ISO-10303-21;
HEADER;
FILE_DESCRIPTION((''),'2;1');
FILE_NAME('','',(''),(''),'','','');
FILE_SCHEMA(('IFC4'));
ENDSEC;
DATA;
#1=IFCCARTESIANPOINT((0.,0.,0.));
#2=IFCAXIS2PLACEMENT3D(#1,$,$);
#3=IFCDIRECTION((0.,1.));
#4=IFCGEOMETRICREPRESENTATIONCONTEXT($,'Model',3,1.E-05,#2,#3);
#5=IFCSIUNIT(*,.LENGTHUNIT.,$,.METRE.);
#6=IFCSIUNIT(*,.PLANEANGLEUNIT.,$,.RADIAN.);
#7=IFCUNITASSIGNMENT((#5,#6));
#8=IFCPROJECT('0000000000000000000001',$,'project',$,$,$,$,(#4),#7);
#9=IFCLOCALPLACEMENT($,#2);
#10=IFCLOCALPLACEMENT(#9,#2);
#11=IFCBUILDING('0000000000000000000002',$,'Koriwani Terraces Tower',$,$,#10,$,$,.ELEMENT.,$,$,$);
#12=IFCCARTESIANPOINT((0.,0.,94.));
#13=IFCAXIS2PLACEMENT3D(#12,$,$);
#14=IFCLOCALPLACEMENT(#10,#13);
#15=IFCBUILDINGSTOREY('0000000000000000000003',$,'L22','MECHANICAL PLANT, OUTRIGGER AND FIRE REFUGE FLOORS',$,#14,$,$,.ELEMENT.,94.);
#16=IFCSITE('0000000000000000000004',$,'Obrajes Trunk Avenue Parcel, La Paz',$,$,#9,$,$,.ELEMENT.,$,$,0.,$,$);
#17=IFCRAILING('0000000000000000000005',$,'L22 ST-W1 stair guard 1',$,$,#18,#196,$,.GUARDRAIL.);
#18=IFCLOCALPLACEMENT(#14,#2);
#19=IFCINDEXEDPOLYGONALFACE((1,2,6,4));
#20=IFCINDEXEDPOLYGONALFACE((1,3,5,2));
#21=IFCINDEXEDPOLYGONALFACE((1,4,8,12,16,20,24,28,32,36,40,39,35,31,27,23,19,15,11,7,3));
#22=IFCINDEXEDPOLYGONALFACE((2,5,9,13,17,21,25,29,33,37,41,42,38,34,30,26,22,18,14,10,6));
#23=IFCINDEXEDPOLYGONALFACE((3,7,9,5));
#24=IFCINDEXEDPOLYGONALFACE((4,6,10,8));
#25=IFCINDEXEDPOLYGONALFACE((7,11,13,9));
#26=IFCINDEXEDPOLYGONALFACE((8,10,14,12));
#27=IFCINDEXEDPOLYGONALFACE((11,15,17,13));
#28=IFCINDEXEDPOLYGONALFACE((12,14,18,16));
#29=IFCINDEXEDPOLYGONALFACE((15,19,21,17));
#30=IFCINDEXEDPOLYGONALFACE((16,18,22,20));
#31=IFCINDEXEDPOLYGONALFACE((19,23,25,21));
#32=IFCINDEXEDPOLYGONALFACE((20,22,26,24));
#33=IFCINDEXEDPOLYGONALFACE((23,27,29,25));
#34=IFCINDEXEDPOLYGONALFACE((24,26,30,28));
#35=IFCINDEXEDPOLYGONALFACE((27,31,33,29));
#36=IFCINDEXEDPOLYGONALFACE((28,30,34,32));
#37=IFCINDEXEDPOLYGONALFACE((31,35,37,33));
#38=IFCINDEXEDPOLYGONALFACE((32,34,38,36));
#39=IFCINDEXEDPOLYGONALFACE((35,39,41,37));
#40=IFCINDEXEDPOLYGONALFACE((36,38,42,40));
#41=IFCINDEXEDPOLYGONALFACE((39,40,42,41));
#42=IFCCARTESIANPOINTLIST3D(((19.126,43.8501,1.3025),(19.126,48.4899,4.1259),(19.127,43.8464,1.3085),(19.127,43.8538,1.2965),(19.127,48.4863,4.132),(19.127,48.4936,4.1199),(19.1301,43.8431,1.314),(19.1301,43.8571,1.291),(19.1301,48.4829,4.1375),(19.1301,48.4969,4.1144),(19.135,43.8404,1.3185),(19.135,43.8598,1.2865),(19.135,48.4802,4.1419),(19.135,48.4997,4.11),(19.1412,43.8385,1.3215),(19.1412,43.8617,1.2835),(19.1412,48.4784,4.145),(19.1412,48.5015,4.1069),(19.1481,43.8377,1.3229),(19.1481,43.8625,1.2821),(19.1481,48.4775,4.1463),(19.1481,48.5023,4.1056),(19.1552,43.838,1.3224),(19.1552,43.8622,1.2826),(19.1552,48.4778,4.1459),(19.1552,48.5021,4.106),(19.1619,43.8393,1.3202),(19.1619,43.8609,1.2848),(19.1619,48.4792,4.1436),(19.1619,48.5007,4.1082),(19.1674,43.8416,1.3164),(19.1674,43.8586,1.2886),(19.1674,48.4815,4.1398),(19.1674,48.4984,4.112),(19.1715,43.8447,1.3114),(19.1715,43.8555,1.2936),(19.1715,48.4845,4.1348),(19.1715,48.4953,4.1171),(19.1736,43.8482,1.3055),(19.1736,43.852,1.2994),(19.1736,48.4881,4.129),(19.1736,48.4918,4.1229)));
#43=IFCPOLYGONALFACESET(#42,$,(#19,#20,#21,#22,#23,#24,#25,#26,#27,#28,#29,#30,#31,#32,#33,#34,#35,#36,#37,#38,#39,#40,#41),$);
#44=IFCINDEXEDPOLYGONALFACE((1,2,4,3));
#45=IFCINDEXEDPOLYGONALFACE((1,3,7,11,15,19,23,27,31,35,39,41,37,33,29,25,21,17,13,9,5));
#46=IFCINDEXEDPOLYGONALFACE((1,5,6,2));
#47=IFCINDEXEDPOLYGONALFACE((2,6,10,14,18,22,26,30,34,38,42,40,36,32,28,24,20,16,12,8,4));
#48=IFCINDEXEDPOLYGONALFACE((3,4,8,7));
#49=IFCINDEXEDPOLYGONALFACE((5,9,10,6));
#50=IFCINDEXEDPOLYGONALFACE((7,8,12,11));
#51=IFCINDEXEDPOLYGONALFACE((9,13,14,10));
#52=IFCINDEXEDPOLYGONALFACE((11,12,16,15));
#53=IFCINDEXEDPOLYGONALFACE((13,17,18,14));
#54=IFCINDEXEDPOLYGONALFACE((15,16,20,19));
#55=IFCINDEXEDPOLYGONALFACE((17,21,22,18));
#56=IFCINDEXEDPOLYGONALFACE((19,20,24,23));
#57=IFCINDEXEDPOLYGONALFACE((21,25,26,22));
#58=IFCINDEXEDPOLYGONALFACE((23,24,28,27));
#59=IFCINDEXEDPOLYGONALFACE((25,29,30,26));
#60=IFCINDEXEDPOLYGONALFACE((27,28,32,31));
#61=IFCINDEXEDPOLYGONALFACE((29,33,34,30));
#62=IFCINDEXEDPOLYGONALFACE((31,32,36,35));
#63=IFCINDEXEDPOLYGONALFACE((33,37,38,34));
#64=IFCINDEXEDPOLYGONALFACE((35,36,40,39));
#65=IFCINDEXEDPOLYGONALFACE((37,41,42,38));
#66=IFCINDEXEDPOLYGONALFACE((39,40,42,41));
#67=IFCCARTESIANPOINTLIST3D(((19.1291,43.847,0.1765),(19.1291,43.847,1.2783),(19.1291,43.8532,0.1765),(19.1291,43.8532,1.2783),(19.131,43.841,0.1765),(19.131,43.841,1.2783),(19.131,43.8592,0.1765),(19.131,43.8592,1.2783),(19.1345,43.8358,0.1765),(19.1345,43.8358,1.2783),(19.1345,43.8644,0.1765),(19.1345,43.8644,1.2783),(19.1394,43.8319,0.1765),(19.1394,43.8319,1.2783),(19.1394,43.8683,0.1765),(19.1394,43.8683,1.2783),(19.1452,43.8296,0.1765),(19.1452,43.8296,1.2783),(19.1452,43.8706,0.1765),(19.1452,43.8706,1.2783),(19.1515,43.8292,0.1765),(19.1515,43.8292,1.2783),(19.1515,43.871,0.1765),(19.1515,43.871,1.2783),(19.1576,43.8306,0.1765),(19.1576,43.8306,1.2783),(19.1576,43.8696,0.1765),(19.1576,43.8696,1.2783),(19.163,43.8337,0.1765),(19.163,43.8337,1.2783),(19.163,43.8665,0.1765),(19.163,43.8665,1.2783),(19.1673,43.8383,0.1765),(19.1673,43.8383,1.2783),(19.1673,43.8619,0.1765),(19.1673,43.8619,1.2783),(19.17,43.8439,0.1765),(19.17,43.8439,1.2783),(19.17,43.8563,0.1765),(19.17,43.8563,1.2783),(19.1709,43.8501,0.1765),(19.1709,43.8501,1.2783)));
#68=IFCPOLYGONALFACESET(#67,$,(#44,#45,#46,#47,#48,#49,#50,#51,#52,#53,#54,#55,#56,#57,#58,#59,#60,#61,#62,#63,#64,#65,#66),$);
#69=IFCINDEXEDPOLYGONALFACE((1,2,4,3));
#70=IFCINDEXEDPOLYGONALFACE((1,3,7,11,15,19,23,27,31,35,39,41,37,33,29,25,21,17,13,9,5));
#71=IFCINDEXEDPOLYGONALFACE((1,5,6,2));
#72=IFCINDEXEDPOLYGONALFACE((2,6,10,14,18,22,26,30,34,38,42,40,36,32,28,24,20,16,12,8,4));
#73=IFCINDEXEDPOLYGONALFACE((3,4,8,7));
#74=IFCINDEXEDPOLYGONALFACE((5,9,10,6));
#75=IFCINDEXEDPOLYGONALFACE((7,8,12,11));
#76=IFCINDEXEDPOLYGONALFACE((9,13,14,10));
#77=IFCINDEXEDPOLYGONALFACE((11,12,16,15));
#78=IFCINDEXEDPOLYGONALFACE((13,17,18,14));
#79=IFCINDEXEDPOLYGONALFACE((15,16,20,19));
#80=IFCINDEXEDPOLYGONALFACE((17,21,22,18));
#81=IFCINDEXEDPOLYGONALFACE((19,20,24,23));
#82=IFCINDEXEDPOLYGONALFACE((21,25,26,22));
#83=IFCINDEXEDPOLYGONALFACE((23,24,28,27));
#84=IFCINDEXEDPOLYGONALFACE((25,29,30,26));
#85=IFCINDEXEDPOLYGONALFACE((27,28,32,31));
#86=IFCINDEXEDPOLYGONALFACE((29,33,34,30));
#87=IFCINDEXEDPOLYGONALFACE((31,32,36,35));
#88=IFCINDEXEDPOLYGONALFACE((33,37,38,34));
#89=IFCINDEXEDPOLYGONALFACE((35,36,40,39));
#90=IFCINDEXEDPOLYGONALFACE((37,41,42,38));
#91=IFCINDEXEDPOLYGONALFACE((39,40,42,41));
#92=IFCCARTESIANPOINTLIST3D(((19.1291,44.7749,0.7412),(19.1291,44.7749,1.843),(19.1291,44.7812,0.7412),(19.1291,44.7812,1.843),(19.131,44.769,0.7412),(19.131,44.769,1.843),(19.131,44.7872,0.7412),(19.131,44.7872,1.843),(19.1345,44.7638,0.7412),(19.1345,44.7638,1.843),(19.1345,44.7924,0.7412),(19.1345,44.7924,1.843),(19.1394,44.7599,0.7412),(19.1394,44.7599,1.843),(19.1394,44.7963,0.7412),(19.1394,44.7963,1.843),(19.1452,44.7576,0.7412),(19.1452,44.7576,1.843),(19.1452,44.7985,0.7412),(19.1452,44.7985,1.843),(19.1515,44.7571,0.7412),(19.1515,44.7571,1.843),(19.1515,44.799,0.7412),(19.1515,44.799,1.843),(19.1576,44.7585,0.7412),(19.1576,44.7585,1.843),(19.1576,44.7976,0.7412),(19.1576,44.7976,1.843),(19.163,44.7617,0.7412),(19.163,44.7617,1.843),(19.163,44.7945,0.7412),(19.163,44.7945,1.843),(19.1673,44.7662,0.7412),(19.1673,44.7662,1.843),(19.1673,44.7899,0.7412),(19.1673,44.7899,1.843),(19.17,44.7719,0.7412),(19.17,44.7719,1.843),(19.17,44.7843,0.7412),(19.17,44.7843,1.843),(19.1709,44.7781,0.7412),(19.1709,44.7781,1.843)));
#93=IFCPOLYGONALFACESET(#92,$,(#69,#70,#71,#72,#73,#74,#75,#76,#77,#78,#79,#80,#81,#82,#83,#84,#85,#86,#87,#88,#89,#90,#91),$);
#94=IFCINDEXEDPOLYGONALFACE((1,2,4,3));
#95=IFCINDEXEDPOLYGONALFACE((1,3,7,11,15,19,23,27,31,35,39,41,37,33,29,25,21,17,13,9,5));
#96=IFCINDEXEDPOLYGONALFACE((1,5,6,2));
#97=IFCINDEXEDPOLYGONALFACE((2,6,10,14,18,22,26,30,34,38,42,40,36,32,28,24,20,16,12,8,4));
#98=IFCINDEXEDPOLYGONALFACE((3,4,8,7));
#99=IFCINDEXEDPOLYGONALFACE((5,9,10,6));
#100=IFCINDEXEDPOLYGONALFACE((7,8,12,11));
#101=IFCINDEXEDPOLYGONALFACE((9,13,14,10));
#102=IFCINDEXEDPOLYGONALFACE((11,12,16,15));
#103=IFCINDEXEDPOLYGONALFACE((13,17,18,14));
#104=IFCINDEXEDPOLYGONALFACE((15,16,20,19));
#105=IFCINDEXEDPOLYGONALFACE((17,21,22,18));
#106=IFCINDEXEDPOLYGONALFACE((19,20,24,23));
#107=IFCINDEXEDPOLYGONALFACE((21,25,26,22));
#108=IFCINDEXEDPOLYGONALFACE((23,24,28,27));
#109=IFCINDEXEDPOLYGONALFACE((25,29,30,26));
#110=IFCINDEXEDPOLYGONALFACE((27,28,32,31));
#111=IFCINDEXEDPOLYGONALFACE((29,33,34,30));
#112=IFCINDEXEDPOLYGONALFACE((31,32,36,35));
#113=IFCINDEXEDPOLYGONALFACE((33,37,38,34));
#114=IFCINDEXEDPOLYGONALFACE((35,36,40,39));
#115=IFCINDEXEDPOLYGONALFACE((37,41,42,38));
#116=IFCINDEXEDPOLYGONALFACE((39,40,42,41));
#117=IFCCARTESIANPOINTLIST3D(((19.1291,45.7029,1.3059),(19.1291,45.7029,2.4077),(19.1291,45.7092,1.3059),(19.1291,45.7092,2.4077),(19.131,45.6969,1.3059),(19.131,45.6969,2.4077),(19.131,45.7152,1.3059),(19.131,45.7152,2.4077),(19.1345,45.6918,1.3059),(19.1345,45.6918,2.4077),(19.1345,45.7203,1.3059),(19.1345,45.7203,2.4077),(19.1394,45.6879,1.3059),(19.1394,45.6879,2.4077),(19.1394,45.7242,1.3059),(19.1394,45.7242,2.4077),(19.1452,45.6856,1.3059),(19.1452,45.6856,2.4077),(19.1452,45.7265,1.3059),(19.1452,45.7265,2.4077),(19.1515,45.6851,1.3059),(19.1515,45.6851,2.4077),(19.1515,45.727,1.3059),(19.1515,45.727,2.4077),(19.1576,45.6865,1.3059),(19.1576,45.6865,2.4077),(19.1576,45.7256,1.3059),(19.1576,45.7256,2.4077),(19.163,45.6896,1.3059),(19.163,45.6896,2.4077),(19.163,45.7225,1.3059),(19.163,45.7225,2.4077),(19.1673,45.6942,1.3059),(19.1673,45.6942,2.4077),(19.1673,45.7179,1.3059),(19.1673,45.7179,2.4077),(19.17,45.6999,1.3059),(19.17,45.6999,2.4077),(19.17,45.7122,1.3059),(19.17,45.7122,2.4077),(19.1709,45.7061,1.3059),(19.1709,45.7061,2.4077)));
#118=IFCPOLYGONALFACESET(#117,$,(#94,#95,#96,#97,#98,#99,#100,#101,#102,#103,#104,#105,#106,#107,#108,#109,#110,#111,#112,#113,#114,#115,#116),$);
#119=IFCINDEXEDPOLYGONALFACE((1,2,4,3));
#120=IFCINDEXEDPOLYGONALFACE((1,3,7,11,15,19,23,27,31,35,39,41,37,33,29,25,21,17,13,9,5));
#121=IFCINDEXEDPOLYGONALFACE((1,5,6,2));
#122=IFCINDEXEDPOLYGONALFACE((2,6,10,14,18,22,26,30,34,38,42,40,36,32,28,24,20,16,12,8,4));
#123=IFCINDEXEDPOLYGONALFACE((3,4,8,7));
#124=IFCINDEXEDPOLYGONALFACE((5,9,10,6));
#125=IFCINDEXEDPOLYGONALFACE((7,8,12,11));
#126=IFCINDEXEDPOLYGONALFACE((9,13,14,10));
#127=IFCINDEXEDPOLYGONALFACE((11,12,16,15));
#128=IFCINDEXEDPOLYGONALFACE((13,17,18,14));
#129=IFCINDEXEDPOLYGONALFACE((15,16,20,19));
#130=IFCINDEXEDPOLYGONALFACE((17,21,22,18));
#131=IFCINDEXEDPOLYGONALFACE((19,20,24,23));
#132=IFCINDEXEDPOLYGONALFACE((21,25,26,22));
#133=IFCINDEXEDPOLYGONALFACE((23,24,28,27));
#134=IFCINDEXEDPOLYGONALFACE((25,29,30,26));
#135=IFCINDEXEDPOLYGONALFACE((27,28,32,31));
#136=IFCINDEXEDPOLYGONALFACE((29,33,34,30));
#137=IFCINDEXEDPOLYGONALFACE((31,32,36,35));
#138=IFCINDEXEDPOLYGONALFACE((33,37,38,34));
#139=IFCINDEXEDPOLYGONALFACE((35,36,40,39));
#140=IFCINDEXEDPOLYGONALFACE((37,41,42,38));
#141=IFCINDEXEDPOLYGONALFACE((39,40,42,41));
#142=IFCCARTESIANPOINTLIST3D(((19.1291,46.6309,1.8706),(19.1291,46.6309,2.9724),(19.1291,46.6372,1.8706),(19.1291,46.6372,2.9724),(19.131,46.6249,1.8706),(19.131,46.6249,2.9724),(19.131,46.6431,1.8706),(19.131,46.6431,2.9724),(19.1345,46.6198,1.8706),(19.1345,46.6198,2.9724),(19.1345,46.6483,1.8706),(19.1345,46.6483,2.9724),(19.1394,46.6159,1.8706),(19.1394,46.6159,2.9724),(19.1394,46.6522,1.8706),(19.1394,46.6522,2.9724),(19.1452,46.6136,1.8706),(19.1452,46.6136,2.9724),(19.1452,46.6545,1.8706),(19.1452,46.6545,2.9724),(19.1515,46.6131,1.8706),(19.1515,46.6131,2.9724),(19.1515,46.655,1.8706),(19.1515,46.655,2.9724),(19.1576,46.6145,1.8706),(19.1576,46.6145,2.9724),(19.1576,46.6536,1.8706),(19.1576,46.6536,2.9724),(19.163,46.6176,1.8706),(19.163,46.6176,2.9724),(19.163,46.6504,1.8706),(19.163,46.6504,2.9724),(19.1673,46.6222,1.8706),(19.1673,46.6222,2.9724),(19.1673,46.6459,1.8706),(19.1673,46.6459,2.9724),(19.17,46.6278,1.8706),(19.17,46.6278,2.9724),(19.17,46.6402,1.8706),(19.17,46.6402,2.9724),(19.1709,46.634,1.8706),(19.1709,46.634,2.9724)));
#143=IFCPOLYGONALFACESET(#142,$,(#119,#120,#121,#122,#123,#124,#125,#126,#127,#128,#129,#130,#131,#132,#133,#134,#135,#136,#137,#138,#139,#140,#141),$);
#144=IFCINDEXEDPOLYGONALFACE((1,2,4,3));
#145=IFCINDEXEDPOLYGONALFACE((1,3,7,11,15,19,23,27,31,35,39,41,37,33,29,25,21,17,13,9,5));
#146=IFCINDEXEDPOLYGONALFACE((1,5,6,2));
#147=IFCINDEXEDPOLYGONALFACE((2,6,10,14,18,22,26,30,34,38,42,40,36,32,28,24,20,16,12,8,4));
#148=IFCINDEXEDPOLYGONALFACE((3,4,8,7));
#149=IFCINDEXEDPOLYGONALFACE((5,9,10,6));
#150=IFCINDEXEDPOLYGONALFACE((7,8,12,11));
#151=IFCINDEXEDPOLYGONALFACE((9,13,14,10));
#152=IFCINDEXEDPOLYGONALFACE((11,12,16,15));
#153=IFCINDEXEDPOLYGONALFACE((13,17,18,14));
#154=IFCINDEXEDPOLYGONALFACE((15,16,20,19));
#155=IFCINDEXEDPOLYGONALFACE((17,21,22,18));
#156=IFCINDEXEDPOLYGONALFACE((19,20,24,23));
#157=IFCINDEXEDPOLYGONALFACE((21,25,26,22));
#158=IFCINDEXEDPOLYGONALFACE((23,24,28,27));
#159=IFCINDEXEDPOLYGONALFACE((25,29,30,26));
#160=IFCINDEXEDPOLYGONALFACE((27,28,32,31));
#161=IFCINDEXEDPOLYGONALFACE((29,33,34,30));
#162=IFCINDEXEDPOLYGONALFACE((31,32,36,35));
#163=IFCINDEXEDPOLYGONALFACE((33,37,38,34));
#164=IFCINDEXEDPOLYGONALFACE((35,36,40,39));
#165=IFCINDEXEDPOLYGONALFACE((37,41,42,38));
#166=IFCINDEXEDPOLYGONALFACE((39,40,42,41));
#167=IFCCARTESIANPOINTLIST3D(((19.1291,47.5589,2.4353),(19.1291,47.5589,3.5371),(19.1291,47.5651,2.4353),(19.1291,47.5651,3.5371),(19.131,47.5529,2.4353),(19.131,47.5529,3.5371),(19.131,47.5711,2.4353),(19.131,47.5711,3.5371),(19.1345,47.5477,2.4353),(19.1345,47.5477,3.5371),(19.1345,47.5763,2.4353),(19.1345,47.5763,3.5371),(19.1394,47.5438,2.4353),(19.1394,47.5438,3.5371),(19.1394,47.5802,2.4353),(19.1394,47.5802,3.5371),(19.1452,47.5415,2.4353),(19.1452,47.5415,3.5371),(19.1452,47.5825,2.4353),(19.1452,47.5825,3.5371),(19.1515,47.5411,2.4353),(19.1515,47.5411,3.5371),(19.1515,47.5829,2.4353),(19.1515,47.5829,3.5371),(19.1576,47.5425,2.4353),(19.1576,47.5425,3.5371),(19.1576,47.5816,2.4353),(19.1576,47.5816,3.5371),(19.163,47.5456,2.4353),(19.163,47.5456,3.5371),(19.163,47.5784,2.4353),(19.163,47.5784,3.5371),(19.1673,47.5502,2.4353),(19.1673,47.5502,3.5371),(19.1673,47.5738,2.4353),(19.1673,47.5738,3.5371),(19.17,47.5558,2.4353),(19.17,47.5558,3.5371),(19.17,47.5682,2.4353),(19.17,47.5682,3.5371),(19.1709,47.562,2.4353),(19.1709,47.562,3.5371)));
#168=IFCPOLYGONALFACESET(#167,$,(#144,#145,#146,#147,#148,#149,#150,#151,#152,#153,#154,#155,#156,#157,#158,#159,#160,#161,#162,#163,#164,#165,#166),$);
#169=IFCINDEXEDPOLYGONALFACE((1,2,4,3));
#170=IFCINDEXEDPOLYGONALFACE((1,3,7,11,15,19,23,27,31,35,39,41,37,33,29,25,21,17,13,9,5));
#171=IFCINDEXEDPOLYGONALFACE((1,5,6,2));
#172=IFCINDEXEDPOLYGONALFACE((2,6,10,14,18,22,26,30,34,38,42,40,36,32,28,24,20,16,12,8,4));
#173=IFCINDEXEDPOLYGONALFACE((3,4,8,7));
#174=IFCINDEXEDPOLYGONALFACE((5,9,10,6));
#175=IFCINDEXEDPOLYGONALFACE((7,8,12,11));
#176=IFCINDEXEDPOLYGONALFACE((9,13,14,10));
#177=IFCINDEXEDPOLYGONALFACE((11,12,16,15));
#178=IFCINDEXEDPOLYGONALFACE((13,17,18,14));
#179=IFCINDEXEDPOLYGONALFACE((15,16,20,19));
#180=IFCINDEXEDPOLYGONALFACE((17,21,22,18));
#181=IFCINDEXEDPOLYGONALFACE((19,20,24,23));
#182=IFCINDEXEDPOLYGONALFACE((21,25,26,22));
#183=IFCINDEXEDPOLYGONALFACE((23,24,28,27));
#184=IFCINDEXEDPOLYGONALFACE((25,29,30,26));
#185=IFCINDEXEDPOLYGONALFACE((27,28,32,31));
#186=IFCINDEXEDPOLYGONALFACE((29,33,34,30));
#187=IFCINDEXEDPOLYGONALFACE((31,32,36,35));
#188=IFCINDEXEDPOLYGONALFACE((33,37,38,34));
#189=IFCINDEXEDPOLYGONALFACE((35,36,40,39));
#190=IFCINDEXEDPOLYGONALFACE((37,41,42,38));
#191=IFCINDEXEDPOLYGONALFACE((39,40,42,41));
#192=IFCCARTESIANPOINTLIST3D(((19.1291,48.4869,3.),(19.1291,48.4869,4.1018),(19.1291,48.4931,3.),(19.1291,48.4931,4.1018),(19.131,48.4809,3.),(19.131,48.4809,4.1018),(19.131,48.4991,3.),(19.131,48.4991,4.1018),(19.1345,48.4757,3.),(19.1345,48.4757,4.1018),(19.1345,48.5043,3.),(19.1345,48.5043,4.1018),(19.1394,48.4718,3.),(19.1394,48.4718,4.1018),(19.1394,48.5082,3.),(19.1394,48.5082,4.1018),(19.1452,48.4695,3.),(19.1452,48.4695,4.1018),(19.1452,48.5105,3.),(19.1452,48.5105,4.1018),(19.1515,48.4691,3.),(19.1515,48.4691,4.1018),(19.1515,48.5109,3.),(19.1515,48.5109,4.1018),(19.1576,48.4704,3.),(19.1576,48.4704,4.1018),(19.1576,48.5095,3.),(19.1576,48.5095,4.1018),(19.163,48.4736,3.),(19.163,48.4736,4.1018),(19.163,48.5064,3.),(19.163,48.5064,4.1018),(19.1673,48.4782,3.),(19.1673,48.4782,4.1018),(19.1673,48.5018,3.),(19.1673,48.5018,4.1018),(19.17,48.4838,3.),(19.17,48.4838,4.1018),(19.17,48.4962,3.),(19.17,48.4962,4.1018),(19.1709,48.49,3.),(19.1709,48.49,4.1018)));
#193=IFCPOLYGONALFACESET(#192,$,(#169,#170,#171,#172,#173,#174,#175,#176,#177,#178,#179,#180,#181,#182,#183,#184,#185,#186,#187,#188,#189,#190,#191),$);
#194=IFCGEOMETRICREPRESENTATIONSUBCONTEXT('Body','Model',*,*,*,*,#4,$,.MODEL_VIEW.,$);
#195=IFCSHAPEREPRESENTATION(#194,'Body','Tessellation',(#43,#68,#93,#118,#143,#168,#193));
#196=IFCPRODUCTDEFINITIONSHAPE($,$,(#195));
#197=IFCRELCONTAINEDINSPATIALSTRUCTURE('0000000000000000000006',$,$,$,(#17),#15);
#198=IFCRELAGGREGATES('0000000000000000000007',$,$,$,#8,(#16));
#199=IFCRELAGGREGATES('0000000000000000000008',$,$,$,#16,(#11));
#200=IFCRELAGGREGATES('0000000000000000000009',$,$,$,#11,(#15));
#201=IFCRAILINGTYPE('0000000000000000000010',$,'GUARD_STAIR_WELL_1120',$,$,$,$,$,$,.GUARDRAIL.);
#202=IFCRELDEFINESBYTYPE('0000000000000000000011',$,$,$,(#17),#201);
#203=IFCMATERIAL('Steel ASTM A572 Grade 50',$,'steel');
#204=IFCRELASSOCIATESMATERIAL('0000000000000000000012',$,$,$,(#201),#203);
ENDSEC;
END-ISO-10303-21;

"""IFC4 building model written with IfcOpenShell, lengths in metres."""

from ifc_helpers import new_model, si_unit, direction, frame, origin, origin_2d, place, context, subcontext, project, spatial, circle, extrude, material, type_object, element, save


model = new_model("IFC4")

# Units and contexts
model_context = context("Model", 3, precision=1e-05, world=origin(), true_north=direction((0.0, 1.0)))
body_context = subcontext(model_context, "Body", "Model", "MODEL_VIEW")
ifc_project = project(units=[si_unit("LENGTHUNIT", "METRE"), si_unit("PLANEANGLEUNIT", "RADIAN")], contexts=[model_context])

# Site, building, storey
site_placement = place(None, origin())
site = spatial("IfcSite", under=ifc_project, at=site_placement, Name="Obrajes Trunk Avenue Parcel, La Paz", CompositionType="ELEMENT", RefElevation=0.0)
building_placement = place(site_placement, origin())
building = spatial("IfcBuilding", under=site, at=building_placement, Name="Koriwani Terraces Tower", CompositionType="ELEMENT")
storey_placement = place(building_placement, frame((0.0, 0.0, 94.0)))
storey = spatial("IfcBuildingStorey", under=building, at=storey_placement, Name="L22", Description="MECHANICAL PLANT, OUTRIGGER AND FIRE REFUGE FLOORS", CompositionType="ELEMENT", Elevation=94.0)

# Shared definitions
ifc_material_1 = material(Name="Steel ASTM A572 Grade 50", Category="steel")

# Railing
railing_type_1 = type_object("IfcRailingType", Name="GUARD_STAIR_WELL_1120", PredefinedType="GUARDRAIL", material=ifc_material_1)
railing_1_placement = place(storey_placement, frame((19.1499, 43.8501, 0.1765)))
element("IfcRailing", 1, at=railing_1_placement, inside=storey, type_object=railing_type_1, Name="L22 ST-W1 stair guard 1", PredefinedType="GUARDRAIL", context=body_context, shape_type="SweptSolid", body=[
    extrude(circle(Radius=0.0239, at=origin_2d()), frame((0.0, 0.0, 1.126), z_axis=(0.0, 0.854264, 0.51984), x_axis=(-1.0, 0.0, 0.0)), (0.0, 0.0, 1.0), 5.4314),
    extrude(circle(Radius=0.021, at=origin_2d()), origin(), (0.0, 0.0, 1.0), 1.1018),
    extrude(circle(Radius=0.021, at=origin_2d()), frame((0.0, 0.928, 0.5647)), (0.0, 0.0, 1.0), 1.1018),
    extrude(circle(Radius=0.021, at=origin_2d()), frame((0.0, 1.856, 1.1294)), (0.0, 0.0, 1.0), 1.1018),
    extrude(circle(Radius=0.021, at=origin_2d()), frame((0.0, 2.7839, 1.6941)), (0.0, 0.0, 1.0), 1.1018),
    extrude(circle(Radius=0.021, at=origin_2d()), frame((0.0, 3.7119, 2.2588)), (0.0, 0.0, 1.0), 1.1018),
    extrude(circle(Radius=0.021, at=origin_2d()), frame((0.0, 4.6399, 2.8235)), (0.0, 0.0, 1.0), 1.1018),
])

save(model, "model.ifc")
